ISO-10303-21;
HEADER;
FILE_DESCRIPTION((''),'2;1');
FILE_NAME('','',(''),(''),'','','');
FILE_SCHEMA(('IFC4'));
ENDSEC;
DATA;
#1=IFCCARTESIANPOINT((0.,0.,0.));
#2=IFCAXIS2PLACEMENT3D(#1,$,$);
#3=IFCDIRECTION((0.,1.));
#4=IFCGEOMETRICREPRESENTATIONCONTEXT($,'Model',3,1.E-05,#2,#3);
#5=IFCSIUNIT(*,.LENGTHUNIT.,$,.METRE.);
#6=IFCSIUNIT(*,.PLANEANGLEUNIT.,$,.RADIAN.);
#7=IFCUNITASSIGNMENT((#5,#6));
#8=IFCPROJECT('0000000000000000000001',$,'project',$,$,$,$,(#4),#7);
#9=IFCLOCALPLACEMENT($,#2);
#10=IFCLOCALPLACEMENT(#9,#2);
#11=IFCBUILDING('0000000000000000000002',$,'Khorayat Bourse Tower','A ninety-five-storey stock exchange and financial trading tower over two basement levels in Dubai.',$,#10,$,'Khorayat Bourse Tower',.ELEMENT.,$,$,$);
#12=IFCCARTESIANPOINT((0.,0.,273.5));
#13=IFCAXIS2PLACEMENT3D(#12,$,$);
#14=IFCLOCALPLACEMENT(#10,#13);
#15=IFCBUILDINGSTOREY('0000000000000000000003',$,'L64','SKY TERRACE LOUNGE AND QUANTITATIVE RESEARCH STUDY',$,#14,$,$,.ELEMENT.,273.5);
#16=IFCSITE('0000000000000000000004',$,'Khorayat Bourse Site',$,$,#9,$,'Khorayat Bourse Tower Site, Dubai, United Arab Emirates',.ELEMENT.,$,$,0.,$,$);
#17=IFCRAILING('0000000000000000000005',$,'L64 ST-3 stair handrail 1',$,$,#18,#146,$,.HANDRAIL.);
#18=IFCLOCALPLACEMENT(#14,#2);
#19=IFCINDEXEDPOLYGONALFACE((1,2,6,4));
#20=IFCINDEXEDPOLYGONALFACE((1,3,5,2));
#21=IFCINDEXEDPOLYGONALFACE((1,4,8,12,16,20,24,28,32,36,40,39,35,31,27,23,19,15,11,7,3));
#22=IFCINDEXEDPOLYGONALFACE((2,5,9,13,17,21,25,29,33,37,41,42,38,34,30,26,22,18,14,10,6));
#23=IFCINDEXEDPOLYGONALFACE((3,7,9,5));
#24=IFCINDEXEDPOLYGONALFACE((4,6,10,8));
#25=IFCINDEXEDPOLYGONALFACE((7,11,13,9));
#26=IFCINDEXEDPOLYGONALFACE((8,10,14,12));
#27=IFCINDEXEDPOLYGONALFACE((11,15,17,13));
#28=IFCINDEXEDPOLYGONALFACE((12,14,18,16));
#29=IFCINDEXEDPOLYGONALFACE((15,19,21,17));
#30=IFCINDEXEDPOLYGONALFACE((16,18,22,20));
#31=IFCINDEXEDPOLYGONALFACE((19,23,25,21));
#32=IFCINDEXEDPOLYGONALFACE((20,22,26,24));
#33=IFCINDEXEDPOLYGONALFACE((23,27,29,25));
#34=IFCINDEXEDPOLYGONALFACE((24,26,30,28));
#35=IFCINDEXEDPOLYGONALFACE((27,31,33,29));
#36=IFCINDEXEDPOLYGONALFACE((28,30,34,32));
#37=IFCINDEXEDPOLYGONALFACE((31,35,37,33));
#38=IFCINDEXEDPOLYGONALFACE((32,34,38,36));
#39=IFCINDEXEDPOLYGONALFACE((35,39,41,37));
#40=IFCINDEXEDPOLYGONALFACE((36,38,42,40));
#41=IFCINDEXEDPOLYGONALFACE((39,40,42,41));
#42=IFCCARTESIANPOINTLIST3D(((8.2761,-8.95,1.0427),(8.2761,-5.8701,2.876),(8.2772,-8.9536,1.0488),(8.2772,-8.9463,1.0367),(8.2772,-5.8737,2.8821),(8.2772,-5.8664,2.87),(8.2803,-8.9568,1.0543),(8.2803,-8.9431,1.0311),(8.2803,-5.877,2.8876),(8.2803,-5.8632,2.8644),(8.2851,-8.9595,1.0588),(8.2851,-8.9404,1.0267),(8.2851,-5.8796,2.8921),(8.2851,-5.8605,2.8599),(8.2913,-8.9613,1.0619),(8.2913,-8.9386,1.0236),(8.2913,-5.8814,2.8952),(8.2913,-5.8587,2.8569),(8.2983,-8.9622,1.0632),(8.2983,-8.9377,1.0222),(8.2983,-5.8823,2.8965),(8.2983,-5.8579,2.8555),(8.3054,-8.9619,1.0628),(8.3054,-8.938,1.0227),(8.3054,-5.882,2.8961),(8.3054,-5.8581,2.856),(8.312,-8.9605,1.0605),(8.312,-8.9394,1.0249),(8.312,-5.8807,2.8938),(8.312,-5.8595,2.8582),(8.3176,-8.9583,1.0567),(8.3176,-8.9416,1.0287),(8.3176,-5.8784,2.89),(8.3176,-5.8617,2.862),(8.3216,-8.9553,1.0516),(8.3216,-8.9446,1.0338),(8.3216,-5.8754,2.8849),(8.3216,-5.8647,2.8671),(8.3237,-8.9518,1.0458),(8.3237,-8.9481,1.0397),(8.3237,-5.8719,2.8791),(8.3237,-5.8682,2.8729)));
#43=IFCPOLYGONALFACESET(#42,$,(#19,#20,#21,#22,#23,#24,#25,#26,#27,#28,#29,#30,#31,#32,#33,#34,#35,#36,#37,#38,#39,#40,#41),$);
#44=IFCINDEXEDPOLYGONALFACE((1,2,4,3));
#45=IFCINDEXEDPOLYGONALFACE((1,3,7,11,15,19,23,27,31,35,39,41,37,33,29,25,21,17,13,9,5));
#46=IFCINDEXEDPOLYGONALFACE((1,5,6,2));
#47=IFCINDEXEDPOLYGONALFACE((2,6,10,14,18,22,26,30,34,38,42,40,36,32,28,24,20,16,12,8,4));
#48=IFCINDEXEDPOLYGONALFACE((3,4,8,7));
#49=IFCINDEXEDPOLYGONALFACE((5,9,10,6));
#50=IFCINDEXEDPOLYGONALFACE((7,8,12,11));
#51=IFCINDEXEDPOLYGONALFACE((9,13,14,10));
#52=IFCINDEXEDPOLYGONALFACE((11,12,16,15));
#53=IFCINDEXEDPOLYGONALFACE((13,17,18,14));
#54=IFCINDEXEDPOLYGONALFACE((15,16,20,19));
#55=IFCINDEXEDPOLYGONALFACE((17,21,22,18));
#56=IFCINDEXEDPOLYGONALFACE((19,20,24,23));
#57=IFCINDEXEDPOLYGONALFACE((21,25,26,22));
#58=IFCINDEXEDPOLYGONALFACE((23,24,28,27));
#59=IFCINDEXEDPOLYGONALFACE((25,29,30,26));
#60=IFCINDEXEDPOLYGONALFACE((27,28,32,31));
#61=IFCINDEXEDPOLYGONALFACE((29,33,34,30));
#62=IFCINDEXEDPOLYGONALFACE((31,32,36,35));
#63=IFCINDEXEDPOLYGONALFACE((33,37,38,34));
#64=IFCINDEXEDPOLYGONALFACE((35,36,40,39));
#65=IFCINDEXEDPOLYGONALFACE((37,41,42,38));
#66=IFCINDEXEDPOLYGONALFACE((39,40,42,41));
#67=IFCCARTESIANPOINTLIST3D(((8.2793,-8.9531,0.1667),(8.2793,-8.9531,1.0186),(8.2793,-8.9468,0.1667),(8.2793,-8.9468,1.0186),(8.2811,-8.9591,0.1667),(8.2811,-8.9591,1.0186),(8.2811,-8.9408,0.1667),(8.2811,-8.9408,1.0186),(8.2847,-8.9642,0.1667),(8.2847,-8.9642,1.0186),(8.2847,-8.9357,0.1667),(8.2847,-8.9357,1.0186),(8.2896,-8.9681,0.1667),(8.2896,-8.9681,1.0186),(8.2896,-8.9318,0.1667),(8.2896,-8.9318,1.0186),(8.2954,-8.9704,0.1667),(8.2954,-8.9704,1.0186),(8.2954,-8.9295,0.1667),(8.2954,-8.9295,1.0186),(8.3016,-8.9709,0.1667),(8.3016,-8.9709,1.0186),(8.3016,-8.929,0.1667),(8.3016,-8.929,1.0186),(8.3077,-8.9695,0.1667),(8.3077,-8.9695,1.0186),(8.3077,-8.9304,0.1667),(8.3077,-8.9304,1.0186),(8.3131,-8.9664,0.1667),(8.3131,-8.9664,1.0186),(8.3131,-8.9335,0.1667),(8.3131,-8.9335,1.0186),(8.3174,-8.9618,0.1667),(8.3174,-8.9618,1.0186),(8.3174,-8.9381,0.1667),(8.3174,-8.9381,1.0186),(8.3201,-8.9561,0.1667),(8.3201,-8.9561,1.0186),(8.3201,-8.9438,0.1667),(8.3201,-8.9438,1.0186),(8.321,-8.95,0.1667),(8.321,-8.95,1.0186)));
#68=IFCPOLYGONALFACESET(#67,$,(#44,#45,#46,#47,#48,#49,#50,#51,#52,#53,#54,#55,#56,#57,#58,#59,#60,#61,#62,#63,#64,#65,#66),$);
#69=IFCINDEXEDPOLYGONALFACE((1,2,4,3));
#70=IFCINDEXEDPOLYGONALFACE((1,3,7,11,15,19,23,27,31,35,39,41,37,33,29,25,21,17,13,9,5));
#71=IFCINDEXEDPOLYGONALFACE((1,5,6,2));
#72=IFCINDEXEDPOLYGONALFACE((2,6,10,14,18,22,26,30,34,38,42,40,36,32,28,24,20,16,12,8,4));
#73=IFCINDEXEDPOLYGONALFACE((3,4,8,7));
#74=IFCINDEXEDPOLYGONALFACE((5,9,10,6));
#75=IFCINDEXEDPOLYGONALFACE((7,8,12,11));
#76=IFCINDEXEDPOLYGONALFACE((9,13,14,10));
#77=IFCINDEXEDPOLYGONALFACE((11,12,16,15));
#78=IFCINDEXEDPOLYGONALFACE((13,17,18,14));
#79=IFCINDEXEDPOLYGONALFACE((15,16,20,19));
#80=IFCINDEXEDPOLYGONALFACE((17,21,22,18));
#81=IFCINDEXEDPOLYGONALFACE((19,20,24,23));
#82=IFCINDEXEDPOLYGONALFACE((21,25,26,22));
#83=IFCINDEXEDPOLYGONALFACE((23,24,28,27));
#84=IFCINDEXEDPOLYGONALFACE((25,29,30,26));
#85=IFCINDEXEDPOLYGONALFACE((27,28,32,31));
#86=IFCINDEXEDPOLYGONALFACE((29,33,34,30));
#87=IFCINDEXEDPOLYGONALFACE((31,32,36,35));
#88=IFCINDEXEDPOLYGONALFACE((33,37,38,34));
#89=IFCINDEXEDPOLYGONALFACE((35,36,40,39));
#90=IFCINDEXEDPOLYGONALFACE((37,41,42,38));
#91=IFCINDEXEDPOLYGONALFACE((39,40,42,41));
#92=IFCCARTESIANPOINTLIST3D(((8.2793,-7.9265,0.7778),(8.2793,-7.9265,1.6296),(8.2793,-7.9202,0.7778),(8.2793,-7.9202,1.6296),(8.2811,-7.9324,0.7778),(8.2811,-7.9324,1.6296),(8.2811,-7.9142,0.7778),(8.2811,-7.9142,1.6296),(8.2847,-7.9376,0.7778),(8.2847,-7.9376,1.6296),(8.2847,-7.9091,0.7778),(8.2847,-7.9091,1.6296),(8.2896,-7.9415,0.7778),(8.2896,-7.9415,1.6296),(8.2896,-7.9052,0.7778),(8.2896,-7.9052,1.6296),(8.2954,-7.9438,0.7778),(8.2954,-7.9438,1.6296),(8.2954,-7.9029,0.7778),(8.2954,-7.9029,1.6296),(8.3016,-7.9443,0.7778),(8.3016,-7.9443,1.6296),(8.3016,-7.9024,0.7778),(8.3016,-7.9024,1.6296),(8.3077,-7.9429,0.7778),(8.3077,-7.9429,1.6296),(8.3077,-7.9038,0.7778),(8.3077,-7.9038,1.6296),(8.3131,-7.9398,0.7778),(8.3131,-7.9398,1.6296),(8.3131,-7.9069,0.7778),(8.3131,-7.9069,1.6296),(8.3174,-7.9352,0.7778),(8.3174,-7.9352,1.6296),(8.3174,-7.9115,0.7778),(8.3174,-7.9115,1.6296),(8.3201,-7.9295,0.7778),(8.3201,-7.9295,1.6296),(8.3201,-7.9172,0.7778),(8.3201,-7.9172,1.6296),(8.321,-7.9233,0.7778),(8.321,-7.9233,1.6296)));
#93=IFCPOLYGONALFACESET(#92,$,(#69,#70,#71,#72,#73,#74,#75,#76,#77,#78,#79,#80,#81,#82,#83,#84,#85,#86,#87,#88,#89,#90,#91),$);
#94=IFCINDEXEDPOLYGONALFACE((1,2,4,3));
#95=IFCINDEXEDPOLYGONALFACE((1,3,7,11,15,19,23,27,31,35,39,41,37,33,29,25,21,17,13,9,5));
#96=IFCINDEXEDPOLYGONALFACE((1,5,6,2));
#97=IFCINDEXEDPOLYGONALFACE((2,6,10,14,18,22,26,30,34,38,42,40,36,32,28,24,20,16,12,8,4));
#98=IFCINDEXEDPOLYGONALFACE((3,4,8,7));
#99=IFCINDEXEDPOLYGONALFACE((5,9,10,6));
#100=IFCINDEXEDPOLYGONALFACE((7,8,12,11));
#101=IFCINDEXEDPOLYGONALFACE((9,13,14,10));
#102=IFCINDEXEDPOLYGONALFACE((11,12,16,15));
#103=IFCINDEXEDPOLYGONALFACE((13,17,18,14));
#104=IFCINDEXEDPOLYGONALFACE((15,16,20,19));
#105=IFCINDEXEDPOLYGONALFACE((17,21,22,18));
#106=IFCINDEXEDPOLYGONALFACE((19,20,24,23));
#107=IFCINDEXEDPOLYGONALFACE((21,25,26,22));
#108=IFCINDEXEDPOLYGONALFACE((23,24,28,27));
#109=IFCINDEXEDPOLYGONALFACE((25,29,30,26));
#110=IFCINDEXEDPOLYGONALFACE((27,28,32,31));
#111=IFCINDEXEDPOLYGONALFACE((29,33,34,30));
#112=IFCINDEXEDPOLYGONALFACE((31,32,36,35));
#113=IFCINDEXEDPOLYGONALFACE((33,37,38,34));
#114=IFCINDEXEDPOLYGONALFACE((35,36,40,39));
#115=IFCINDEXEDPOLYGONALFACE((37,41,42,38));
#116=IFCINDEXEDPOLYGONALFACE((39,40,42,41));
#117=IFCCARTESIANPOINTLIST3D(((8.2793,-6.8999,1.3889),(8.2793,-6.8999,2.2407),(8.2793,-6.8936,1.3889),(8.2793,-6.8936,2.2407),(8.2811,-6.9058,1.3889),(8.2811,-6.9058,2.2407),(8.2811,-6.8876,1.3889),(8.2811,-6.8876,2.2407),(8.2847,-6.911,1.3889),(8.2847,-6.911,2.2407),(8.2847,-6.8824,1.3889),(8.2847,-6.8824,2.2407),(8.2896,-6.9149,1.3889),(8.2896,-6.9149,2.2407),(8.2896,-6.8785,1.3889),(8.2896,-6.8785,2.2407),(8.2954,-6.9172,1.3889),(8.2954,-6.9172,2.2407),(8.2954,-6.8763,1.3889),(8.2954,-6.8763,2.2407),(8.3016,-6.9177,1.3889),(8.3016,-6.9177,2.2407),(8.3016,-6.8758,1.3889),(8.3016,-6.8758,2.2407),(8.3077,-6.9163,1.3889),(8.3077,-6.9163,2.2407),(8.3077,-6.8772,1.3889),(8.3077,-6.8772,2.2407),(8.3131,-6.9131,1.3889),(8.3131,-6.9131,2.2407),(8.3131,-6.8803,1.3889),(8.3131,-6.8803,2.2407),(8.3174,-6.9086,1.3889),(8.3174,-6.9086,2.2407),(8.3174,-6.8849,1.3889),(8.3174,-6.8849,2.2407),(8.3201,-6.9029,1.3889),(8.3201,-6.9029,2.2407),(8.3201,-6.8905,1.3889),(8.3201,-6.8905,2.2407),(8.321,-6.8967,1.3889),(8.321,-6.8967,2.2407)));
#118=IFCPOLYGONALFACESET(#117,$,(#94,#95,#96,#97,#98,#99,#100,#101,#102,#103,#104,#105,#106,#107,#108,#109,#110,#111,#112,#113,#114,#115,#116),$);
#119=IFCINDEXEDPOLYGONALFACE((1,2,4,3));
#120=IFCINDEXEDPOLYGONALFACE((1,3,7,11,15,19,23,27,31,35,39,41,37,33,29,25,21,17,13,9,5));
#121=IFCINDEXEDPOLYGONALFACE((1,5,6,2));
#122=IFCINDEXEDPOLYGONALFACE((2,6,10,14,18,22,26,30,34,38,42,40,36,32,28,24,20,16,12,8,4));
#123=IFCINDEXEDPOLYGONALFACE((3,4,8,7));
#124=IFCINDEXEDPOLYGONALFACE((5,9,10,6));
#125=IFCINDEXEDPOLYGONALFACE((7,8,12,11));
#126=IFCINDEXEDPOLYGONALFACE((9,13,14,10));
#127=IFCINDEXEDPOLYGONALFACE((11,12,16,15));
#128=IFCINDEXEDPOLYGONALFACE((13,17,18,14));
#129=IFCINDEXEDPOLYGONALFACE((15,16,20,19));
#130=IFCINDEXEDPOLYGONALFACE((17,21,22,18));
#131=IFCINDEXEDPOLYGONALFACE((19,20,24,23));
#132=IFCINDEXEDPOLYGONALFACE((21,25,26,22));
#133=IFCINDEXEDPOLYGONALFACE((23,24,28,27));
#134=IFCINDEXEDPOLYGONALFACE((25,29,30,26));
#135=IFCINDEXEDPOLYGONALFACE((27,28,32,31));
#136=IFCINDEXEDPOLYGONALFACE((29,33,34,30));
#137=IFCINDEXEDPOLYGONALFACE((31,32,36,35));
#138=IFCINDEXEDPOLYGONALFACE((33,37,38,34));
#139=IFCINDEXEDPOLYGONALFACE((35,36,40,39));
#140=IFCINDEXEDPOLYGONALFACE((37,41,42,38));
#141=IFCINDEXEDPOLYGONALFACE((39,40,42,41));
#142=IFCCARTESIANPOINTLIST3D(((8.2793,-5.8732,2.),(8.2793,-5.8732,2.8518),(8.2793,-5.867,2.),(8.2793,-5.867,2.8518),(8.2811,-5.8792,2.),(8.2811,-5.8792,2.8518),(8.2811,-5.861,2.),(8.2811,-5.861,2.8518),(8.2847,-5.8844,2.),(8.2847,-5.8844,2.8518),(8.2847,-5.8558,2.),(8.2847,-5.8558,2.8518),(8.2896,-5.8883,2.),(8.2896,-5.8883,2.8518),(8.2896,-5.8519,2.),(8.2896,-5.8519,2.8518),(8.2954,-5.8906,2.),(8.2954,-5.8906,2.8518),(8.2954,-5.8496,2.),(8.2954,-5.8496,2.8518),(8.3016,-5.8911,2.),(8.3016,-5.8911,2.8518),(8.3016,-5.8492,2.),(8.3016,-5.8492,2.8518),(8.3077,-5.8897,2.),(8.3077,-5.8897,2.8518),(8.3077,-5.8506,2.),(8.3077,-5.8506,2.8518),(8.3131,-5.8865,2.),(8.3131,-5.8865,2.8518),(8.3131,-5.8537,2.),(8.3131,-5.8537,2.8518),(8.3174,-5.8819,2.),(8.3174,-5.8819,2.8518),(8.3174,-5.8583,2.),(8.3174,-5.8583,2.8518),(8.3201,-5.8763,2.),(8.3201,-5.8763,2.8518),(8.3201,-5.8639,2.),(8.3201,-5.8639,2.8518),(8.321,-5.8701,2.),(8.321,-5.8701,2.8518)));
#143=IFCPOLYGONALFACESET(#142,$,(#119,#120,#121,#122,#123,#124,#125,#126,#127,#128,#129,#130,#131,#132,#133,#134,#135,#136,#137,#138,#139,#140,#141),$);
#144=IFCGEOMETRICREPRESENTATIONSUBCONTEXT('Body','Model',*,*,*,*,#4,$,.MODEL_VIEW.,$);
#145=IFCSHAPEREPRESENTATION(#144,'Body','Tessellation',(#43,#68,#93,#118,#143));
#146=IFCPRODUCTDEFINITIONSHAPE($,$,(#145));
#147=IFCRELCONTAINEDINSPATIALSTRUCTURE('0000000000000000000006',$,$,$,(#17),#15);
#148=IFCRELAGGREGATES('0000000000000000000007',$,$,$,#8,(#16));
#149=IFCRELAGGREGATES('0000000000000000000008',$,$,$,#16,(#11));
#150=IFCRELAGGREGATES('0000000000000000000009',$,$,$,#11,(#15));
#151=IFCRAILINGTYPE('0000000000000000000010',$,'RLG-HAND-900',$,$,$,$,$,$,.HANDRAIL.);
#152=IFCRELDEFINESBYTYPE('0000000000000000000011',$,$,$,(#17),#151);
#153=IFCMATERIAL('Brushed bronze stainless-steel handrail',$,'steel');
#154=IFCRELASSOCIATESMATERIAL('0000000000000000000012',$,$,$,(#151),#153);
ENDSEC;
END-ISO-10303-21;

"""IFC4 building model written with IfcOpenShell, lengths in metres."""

from ifc_helpers import new_model, si_unit, direction, frame, origin, origin_2d, place, context, subcontext, project, spatial, circle, extrude, source, transform, mapped, material, type_object, element, save


model = new_model("IFC4")

# Units and contexts
model_context = context("Model", 3, precision=1e-05, world=origin(), true_north=direction((0.0, 1.0)))
body_context = subcontext(model_context, "Body", "Model", "MODEL_VIEW")
ifc_project = project(units=[si_unit("LENGTHUNIT", "METRE"), si_unit("PLANEANGLEUNIT", "RADIAN")], contexts=[model_context])

# Site, building, storey
site_placement = place(None, origin())
site = spatial("IfcSite", under=ifc_project, at=site_placement, Name="Khorayat Bourse Site", LongName="Khorayat Bourse Tower Site, Dubai, United Arab Emirates", CompositionType="ELEMENT", RefElevation=0.0)
building_placement = place(site_placement, origin())
building = spatial("IfcBuilding", under=site, at=building_placement, Name="Khorayat Bourse Tower", Description="A ninety-five-storey stock exchange and financial trading tower over two basement levels in Dubai.", LongName="Khorayat Bourse Tower", CompositionType="ELEMENT")
storey_placement = place(building_placement, frame((0.0, 0.0, 273.5)))
storey = spatial("IfcBuildingStorey", under=building, at=storey_placement, Name="L64", Description="SKY TERRACE LOUNGE AND QUANTITATIVE RESEARCH STUDY", CompositionType="ELEMENT", Elevation=273.5)

# Railing
ifc_material_1 = material(Name="Brushed bronze stainless-steel handrail", Category="steel")
railing_type_1 = type_object("IfcRailingType", Name="RLG-HAND-900", PredefinedType="HANDRAIL", material=ifc_material_1)
shared_shape_1 = source(origin(), body_context, "Body", "SweptSolid", [
    extrude(circle(Radius=0.0239, at=origin_2d()), frame((0.0, 0.0, 0.876), z_axis=(0.0, 0.859291, 0.511487), x_axis=(-1.0, 0.0, 0.0)), (0.0, 0.0, 1.0), 3.5842),
    extrude(circle(Radius=0.021, at=origin_2d()), origin(), (0.0, 0.0, 1.0), 0.8518),
    extrude(circle(Radius=0.021, at=origin_2d()), frame((0.0, 1.0266, 0.6111)), (0.0, 0.0, 1.0), 0.8518),
    extrude(circle(Radius=0.021, at=origin_2d()), frame((0.0, 2.0532, 1.2222)), (0.0, 0.0, 1.0), 0.8518),
    extrude(circle(Radius=0.021, at=origin_2d()), frame((0.0, 3.0798, 1.8333)), (0.0, 0.0, 1.0), 0.8518),
])
railing_1_placement = place(storey_placement, frame((8.3, -8.95, 0.1667)))
element("IfcRailing", 1, at=railing_1_placement, inside=storey, type_object=railing_type_1, Name="L64 ST-3 stair handrail 1", PredefinedType="HANDRAIL", context=body_context, shape_type="MappedRepresentation", body=[
    mapped(shared_shape_1, transform((0.0, 0.0, 0.0), scale=1.0)),
])

save(model, "model.ifc")
